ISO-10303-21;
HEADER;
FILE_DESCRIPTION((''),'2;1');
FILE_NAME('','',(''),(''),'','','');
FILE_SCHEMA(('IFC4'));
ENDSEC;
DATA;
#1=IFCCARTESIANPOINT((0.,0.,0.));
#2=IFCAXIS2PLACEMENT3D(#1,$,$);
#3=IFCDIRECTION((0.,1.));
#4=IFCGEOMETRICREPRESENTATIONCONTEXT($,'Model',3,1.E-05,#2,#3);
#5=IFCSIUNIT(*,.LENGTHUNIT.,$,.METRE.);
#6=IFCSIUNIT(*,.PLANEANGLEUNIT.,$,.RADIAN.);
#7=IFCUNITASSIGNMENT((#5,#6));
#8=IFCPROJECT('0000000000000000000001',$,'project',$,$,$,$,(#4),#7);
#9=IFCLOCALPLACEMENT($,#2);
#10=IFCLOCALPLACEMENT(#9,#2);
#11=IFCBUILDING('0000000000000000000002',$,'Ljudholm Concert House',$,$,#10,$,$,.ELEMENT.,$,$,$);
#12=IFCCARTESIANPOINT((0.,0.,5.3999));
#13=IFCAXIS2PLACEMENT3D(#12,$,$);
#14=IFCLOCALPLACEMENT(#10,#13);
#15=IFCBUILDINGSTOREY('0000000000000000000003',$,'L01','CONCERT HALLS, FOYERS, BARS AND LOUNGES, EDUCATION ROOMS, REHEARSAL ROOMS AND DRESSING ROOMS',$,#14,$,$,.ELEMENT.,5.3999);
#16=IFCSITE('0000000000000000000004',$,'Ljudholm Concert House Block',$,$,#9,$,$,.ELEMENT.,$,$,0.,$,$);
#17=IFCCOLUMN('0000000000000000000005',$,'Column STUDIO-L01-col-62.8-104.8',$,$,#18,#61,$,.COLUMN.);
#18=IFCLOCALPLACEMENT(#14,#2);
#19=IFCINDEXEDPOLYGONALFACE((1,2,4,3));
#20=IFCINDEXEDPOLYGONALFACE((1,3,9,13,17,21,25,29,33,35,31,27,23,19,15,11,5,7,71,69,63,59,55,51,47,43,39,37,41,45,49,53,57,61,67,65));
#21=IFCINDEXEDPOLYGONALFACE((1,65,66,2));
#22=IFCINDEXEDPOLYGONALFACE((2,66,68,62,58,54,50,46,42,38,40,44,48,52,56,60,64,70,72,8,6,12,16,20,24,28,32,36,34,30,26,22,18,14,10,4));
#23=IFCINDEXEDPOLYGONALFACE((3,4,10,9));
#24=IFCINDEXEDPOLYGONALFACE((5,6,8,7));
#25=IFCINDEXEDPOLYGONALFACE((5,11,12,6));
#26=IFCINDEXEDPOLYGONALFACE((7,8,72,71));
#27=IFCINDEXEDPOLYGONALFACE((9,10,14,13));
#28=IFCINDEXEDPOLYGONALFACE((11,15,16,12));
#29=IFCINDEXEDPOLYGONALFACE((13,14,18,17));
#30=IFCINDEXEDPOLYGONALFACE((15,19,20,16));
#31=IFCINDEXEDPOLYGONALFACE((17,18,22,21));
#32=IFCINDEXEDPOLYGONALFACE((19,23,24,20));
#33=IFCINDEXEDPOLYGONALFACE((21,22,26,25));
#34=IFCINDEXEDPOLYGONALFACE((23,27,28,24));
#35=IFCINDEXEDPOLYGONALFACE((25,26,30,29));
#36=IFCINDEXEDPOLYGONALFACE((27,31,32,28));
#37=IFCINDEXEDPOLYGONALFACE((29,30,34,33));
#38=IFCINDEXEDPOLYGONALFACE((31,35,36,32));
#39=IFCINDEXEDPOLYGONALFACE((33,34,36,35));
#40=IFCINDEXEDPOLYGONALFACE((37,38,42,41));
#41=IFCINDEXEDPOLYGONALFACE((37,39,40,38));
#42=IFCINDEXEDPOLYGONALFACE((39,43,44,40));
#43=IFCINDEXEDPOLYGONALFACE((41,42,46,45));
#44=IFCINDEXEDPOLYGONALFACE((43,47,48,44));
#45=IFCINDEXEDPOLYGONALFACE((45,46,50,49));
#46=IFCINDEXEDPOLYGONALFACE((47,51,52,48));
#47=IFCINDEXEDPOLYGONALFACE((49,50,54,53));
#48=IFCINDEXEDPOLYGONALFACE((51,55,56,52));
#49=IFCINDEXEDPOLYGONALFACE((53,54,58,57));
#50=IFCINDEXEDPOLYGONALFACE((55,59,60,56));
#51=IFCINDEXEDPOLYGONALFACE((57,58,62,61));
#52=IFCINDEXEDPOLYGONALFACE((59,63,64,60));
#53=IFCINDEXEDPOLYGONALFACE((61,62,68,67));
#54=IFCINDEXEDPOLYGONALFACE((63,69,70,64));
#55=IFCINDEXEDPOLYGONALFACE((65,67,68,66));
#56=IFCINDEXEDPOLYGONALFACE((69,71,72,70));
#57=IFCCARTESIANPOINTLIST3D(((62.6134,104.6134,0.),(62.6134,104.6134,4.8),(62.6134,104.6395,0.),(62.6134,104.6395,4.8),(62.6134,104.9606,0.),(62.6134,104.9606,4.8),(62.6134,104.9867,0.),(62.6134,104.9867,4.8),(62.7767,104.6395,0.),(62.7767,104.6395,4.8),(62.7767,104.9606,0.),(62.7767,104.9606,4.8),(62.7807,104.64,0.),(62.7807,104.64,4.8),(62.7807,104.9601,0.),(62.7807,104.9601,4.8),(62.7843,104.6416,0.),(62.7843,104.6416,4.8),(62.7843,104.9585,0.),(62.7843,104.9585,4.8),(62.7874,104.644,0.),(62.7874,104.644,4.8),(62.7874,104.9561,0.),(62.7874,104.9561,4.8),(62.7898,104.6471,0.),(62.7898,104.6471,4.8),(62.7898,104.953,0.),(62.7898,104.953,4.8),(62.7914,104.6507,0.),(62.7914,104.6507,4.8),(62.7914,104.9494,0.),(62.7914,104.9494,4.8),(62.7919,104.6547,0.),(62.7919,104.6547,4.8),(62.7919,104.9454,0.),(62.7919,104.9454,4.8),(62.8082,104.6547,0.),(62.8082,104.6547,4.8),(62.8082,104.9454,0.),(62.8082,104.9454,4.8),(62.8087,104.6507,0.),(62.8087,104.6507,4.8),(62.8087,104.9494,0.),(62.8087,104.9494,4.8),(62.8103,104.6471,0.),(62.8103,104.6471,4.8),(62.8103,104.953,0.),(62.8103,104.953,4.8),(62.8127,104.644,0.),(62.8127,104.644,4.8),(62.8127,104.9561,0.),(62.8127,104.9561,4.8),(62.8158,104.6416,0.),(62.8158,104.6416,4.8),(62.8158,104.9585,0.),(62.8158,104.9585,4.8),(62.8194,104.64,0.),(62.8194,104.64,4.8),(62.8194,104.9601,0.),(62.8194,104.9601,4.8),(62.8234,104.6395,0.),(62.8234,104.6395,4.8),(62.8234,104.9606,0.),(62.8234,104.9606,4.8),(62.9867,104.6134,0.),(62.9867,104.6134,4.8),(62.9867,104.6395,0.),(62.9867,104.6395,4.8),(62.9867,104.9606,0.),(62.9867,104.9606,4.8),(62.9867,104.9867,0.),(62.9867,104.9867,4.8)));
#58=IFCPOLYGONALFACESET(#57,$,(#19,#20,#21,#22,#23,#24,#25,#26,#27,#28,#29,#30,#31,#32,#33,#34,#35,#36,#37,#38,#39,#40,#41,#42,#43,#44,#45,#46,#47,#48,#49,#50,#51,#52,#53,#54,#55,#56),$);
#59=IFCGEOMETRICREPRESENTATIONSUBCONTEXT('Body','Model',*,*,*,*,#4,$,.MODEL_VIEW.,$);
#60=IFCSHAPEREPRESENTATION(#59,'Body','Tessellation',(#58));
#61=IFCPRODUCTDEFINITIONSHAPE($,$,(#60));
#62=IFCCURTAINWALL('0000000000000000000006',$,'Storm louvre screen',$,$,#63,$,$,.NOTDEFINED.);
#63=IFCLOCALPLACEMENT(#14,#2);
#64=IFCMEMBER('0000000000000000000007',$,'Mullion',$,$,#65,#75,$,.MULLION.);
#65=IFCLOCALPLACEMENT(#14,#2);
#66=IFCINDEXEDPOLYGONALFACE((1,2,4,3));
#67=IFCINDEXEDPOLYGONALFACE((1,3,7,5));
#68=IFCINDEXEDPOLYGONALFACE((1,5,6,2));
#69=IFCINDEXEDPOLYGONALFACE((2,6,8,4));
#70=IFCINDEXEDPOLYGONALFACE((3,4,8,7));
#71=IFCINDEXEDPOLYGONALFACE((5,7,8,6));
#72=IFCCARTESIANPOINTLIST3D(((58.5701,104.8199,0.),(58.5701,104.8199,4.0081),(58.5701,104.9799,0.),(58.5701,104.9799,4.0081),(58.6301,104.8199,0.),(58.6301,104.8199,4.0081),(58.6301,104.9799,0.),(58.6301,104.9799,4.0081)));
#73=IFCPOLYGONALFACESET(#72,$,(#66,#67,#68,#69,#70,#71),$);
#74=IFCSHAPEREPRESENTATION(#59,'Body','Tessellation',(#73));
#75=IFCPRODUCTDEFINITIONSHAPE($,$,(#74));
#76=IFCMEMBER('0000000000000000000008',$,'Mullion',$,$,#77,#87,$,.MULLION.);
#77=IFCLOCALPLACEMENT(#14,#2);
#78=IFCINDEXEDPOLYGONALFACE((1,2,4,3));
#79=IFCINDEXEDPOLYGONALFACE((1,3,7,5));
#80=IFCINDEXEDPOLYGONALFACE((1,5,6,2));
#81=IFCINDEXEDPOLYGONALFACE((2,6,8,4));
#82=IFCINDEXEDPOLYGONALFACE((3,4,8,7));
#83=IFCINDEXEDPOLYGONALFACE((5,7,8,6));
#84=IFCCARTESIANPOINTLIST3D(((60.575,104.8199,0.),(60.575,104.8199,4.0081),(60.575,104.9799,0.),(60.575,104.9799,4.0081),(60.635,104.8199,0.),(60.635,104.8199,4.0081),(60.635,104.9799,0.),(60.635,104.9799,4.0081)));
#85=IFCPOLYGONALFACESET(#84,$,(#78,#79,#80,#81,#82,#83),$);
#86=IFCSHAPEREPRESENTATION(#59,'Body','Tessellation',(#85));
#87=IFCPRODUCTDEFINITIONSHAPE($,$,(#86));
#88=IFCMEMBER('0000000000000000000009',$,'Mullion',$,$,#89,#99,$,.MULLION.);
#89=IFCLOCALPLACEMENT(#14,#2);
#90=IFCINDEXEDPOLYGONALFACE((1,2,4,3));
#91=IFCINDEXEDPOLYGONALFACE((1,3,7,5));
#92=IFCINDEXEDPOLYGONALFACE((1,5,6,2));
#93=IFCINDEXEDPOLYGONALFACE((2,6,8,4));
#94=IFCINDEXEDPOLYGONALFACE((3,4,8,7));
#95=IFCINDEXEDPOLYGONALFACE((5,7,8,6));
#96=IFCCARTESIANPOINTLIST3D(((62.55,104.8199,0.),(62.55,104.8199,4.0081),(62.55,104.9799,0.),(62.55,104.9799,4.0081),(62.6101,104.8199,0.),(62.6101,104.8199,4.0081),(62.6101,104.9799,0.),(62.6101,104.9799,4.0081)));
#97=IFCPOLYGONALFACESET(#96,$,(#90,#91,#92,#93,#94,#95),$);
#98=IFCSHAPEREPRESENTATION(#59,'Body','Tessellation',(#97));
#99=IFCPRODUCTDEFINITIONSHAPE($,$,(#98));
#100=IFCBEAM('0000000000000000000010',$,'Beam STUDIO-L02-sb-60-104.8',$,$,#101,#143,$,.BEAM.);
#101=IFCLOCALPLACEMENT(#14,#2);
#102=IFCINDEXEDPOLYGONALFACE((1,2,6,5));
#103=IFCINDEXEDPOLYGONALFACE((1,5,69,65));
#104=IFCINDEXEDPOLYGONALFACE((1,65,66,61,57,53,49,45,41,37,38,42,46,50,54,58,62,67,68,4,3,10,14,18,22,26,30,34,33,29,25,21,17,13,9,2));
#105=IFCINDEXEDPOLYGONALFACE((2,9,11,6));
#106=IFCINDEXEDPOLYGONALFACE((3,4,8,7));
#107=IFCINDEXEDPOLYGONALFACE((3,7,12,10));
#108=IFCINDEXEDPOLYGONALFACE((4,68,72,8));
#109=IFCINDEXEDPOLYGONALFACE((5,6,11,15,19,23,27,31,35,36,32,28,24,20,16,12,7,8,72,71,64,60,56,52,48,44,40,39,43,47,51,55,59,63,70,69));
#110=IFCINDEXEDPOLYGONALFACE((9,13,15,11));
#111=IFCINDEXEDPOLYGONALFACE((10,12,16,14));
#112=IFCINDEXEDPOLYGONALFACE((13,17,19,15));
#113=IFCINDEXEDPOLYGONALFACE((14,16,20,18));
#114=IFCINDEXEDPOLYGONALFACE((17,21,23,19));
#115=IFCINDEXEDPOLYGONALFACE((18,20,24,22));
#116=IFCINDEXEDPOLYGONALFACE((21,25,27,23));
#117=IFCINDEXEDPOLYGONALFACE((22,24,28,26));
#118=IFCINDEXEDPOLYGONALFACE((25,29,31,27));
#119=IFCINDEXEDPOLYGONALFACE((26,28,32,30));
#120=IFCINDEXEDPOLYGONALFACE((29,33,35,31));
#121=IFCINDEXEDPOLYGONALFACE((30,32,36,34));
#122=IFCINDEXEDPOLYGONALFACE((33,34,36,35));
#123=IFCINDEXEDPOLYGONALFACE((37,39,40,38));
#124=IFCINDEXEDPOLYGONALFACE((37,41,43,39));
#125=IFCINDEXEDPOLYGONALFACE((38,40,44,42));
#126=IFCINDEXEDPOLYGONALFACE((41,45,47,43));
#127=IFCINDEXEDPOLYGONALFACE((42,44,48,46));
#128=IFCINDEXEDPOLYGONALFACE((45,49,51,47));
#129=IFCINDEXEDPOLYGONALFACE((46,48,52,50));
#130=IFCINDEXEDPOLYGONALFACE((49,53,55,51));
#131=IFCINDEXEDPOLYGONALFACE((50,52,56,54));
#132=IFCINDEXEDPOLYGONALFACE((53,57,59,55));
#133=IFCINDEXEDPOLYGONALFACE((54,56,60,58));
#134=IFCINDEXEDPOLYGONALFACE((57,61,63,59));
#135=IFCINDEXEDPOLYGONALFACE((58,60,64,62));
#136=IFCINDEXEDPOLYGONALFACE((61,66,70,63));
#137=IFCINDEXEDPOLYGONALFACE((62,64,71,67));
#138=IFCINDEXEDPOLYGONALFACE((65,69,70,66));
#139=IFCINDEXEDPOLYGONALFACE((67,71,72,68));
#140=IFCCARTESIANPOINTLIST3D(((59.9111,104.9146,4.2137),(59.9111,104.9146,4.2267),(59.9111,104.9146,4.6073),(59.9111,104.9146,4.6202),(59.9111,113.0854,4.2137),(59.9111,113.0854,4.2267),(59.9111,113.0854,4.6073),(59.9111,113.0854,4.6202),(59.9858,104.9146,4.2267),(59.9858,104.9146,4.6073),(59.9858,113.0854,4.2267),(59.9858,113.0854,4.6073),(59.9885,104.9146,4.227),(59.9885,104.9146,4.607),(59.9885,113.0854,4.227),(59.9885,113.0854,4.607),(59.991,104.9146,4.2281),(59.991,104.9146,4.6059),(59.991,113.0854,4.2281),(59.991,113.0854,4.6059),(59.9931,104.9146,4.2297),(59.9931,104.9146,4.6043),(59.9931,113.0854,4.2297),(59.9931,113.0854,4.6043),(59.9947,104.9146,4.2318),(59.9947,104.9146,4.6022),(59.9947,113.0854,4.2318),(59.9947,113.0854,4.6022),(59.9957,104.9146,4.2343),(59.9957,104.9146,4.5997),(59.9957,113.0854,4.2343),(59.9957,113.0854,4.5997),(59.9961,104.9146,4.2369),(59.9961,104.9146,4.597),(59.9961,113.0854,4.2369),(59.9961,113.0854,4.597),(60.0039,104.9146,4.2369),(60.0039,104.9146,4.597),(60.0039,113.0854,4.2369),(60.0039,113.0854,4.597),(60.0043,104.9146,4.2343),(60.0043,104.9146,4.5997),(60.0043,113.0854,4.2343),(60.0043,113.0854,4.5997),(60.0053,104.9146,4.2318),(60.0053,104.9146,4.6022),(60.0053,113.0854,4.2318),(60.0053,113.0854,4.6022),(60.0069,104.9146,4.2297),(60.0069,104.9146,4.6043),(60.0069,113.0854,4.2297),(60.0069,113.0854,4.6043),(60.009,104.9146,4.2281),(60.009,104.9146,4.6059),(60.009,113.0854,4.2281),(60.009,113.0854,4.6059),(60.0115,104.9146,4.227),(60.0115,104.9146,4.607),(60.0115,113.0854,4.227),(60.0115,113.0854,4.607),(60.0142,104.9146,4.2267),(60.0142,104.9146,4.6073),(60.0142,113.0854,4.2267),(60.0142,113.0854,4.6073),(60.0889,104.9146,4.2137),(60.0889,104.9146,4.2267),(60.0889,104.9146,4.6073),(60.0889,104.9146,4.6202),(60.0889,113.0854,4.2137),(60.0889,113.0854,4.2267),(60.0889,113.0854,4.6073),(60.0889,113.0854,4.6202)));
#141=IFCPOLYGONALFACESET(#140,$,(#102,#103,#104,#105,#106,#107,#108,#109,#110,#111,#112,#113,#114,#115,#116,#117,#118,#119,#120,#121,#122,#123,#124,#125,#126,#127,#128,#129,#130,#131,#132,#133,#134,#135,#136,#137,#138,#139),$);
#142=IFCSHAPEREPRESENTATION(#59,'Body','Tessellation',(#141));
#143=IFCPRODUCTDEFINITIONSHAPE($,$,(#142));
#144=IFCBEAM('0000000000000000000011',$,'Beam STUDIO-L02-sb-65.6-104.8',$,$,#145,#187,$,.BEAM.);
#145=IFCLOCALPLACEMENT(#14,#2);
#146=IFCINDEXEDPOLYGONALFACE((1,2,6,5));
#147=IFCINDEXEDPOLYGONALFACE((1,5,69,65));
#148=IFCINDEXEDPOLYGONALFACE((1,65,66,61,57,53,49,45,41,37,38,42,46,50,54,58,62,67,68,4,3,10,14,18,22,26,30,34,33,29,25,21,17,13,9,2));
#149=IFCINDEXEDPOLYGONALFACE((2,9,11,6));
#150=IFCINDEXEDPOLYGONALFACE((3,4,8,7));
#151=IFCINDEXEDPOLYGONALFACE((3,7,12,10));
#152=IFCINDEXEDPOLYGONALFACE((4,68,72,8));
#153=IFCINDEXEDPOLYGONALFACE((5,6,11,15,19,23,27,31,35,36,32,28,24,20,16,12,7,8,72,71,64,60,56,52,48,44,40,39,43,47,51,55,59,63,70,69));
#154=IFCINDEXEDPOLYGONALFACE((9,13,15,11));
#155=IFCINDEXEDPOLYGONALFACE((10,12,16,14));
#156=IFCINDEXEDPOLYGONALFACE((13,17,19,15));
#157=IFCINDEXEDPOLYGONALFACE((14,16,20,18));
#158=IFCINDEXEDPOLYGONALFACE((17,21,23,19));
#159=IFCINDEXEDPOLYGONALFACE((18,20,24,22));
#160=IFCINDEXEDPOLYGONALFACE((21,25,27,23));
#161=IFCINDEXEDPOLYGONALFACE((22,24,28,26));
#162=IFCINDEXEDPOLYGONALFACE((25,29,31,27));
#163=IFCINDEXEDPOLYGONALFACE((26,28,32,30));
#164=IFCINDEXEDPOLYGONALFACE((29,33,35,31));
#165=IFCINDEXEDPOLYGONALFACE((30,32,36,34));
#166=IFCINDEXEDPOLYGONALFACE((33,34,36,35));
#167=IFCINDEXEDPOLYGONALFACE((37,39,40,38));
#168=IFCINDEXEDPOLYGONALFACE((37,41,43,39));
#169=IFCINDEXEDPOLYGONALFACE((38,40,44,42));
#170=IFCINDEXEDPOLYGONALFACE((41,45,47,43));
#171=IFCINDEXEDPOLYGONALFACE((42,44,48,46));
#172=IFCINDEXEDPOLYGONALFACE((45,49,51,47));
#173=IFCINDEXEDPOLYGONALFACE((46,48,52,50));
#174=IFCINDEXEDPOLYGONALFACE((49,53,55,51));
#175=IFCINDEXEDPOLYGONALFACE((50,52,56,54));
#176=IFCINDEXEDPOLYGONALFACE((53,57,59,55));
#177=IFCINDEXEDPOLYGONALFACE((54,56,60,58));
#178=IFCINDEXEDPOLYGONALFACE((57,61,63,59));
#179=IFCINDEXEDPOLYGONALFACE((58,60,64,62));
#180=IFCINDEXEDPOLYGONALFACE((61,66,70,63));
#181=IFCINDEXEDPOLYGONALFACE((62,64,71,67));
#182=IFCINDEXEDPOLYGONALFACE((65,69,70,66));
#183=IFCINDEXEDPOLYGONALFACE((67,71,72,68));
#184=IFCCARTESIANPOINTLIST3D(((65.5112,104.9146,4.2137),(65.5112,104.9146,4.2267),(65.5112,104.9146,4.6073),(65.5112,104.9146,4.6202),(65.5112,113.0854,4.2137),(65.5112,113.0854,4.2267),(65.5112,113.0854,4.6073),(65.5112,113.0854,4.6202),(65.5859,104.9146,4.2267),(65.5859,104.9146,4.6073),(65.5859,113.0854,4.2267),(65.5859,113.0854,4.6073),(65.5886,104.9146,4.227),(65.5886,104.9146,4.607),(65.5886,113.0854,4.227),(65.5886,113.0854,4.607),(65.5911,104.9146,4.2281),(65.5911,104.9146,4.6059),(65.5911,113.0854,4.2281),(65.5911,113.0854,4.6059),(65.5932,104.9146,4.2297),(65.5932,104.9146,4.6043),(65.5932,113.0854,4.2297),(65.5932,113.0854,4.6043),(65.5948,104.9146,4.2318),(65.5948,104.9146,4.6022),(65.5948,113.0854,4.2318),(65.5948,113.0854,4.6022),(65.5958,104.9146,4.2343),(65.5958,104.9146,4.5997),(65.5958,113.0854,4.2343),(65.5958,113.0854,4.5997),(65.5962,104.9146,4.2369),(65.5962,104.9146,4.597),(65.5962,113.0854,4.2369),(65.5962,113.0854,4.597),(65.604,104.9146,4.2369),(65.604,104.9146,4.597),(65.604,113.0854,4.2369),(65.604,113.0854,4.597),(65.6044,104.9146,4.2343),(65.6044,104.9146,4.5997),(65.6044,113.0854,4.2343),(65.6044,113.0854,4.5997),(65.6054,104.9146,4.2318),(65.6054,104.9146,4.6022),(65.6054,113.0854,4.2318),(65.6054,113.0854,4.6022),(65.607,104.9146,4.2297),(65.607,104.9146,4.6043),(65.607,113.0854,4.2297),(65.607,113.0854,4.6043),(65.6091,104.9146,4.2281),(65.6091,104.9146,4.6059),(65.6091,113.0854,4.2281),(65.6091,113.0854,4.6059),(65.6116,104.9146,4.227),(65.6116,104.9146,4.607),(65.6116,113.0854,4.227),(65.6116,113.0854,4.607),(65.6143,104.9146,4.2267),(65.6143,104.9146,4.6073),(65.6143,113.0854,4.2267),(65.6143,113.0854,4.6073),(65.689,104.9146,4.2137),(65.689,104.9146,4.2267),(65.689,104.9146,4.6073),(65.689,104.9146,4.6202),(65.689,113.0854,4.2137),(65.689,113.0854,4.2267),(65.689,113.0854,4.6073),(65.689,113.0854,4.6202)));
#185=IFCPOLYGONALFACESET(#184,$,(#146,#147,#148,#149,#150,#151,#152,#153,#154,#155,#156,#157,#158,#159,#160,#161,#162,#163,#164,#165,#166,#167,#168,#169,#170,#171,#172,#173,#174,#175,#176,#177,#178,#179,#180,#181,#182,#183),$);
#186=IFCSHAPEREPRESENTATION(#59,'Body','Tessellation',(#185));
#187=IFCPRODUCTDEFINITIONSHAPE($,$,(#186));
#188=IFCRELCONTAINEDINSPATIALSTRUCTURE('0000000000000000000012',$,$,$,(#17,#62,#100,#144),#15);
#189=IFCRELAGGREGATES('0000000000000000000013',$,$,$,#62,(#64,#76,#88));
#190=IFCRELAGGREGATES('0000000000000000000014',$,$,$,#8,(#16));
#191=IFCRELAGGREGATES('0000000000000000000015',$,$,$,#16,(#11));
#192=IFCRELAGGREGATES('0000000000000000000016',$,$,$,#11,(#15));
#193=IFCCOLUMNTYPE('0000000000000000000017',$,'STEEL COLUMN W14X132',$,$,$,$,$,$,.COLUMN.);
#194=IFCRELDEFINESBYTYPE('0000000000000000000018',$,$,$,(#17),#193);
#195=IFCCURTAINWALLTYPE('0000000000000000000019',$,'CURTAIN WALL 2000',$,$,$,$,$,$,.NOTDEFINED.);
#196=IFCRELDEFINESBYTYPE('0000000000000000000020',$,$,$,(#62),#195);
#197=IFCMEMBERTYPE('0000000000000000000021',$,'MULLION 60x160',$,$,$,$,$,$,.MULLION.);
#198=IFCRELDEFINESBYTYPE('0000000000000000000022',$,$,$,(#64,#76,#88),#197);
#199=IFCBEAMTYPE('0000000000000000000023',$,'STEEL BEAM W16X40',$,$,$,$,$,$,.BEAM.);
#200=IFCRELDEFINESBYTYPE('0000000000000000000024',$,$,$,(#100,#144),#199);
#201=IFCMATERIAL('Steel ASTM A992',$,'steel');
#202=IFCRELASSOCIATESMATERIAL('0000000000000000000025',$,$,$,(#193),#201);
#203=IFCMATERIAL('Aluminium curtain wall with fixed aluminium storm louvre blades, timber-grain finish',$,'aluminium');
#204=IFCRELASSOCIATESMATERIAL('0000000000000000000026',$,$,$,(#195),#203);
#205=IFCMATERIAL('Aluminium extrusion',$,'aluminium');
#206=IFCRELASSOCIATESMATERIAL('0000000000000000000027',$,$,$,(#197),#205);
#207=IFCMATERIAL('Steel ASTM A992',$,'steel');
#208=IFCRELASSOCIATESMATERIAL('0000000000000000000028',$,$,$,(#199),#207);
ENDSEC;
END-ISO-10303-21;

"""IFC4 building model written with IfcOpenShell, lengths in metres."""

from ifc_helpers import new_model, si_unit, direction, frame, origin, origin_2d, place, context, subcontext, project, spatial, rectangle, i_section, extrude, material, material_profile, profile_set, type_object, element, aggregate, save


model = new_model("IFC4")

# Units and contexts
model_context = context("Model", 3, precision=1e-05, world=origin(), true_north=direction((0.0, 1.0)))
body_context = subcontext(model_context, "Body", "Model", "MODEL_VIEW")
ifc_project = project(units=[si_unit("LENGTHUNIT", "METRE"), si_unit("PLANEANGLEUNIT", "RADIAN")], contexts=[model_context])

# Site, building, storey
site_placement = place(None, origin())
site = spatial("IfcSite", under=ifc_project, at=site_placement, Name="Ljudholm Concert House Block", CompositionType="ELEMENT", RefElevation=0.0)
building_placement = place(site_placement, origin())
building = spatial("IfcBuilding", under=site, at=building_placement, Name="Ljudholm Concert House", CompositionType="ELEMENT")
storey_placement = place(building_placement, frame((0.0, 0.0, 5.3999)))
storey = spatial("IfcBuildingStorey", under=building, at=storey_placement, Name="L01", Description="CONCERT HALLS, FOYERS, BARS AND LOUNGES, EDUCATION ROOMS, REHEARSAL ROOMS AND DRESSING ROOMS", CompositionType="ELEMENT", Elevation=5.3999)

# Column
ifc_material_1 = material(Name="Steel ASTM A992", Category="steel")
ifc_material_profile_1 = material_profile(ifc_material_1, i_section(OverallWidth=0.3733, OverallDepth=0.3733, WebThickness=0.0164, FlangeThickness=0.0261, FilletRadius=0.0151, at=origin_2d()), Name="W14X132")
ifc_profile_set_1 = profile_set([ifc_material_profile_1], Name="Steel ASTM A992")
column_type = type_object("IfcColumnType", Name="STEEL COLUMN W14X132", PredefinedType="COLUMN", material=ifc_profile_set_1)
column_placement = place(storey_placement, frame((62.8, 104.8, 0.0), z_axis=(0.0, 0.0, 1.0), x_axis=(1.0, 0.0, 0.0)))
element("IfcColumn", 1, at=column_placement, inside=storey, type_object=column_type, Name="Column STUDIO-L01-col-62.8-104.8", PredefinedType="COLUMN", context=body_context, shape_type="SweptSolid", body=[
    extrude(i_section(OverallWidth=0.3733, OverallDepth=0.3733, WebThickness=0.0164, FlangeThickness=0.0261, FilletRadius=0.0151, at=origin_2d()), origin(), (0.0, 0.0, 1.0), 4.8),
])

# Curtain wall, members
ifc_material_2 = material(Name="Aluminium curtain wall with fixed aluminium storm louvre blades, timber-grain finish", Category="aluminium")
curtain_wall_type = type_object("IfcCurtainWallType", Name="CURTAIN WALL 2000", PredefinedType="NOTDEFINED", material=ifc_material_2)
curtain_wall_placement = place(storey_placement, origin())
curtain_wall = element("IfcCurtainWall", 2, at=curtain_wall_placement, inside=storey, type_object=curtain_wall_type, Name="Storm louvre screen", PredefinedType="NOTDEFINED")
ifc_material_3 = material(Name="Aluminium extrusion", Category="aluminium")
ifc_material_profile_2 = material_profile(ifc_material_3, rectangle(XDim=0.1599, YDim=0.0601, at=origin_2d()), Name="MULLION 60x160")
ifc_profile_set_2 = profile_set([ifc_material_profile_2], Name="Aluminium extrusion")
member_type_1 = type_object("IfcMemberType", Name="MULLION 60x160", PredefinedType="MULLION", material=ifc_profile_set_2)
member_1_placement = place(storey_placement, frame((58.6001, 104.8999, 0.0), z_axis=(0.0, 0.0, 1.0), x_axis=(0.0, 1.0, 0.0)))
member_1 = element("IfcMember", 3, at=member_1_placement, type_object=member_type_1, Name="Mullion", PredefinedType="MULLION", context=body_context, shape_type="SweptSolid", body=[
    extrude(rectangle(XDim=0.1599, YDim=0.0601, at=origin_2d()), origin(), (0.0, 0.0, 1.0), 4.0081),
])
member_2_placement = place(storey_placement, frame((60.605, 104.8999, 0.0), z_axis=(0.0, 0.0, 1.0), x_axis=(0.0, 1.0, 0.0)))
member_2 = element("IfcMember", 4, at=member_2_placement, type_object=member_type_1, Name="Mullion", PredefinedType="MULLION", context=body_context, shape_type="SweptSolid", body=[
    extrude(rectangle(XDim=0.1599, YDim=0.0601, at=origin_2d()), origin(), (0.0, 0.0, 1.0), 4.0081),
])
member_3_placement = place(storey_placement, frame((62.5801, 104.8999, 0.0), z_axis=(0.0, 0.0, 1.0), x_axis=(0.0, 1.0, 0.0)))
member_3 = element("IfcMember", 5, at=member_3_placement, type_object=member_type_1, Name="Mullion", PredefinedType="MULLION", context=body_context, shape_type="SweptSolid", body=[
    extrude(rectangle(XDim=0.1599, YDim=0.0601, at=origin_2d()), origin(), (0.0, 0.0, 1.0), 4.0081),
])

# Beams
ifc_material_4 = material(Name="Steel ASTM A992", Category="steel")
ifc_material_profile_3 = material_profile(ifc_material_4, i_section(OverallWidth=0.1777, OverallDepth=0.4065, WebThickness=0.0078, FlangeThickness=0.0129, FilletRadius=0.0103, at=origin_2d()), Name="W16X40")
ifc_profile_set_3 = profile_set([ifc_material_profile_3], Name="Steel ASTM A992")
beam_type_1 = type_object("IfcBeamType", Name="STEEL BEAM W16X40", PredefinedType="BEAM", material=ifc_profile_set_3)
for number, where, z_axis, x_axis, name in (
    (6, (60.0, 104.9146, 4.417), (0.0, 1.0, 0.0), (-1.0, 0.0, 0.0), "Beam STUDIO-L02-sb-60-104.8"),
    (7, (65.6001, 104.9146, 4.417), (0.0, 1.0, 0.0), (-1.0, 0.0, 0.0), "Beam STUDIO-L02-sb-65.6-104.8"),
):
    element("IfcBeam", number, at=place(storey_placement, frame(where, z_axis=z_axis, x_axis=x_axis)), inside=storey, type_object=beam_type_1, Name=name, PredefinedType="BEAM", context=body_context, shape_type="SweptSolid", body=[
        extrude(i_section(OverallWidth=0.1777, OverallDepth=0.4065, WebThickness=0.0078, FlangeThickness=0.0129, FilletRadius=0.0103, at=origin_2d()), origin(), (0.0, 0.0, 1.0), 8.1709),
    ])

aggregate(curtain_wall, [member_1, member_2, member_3])

save(model, "model.ifc")
